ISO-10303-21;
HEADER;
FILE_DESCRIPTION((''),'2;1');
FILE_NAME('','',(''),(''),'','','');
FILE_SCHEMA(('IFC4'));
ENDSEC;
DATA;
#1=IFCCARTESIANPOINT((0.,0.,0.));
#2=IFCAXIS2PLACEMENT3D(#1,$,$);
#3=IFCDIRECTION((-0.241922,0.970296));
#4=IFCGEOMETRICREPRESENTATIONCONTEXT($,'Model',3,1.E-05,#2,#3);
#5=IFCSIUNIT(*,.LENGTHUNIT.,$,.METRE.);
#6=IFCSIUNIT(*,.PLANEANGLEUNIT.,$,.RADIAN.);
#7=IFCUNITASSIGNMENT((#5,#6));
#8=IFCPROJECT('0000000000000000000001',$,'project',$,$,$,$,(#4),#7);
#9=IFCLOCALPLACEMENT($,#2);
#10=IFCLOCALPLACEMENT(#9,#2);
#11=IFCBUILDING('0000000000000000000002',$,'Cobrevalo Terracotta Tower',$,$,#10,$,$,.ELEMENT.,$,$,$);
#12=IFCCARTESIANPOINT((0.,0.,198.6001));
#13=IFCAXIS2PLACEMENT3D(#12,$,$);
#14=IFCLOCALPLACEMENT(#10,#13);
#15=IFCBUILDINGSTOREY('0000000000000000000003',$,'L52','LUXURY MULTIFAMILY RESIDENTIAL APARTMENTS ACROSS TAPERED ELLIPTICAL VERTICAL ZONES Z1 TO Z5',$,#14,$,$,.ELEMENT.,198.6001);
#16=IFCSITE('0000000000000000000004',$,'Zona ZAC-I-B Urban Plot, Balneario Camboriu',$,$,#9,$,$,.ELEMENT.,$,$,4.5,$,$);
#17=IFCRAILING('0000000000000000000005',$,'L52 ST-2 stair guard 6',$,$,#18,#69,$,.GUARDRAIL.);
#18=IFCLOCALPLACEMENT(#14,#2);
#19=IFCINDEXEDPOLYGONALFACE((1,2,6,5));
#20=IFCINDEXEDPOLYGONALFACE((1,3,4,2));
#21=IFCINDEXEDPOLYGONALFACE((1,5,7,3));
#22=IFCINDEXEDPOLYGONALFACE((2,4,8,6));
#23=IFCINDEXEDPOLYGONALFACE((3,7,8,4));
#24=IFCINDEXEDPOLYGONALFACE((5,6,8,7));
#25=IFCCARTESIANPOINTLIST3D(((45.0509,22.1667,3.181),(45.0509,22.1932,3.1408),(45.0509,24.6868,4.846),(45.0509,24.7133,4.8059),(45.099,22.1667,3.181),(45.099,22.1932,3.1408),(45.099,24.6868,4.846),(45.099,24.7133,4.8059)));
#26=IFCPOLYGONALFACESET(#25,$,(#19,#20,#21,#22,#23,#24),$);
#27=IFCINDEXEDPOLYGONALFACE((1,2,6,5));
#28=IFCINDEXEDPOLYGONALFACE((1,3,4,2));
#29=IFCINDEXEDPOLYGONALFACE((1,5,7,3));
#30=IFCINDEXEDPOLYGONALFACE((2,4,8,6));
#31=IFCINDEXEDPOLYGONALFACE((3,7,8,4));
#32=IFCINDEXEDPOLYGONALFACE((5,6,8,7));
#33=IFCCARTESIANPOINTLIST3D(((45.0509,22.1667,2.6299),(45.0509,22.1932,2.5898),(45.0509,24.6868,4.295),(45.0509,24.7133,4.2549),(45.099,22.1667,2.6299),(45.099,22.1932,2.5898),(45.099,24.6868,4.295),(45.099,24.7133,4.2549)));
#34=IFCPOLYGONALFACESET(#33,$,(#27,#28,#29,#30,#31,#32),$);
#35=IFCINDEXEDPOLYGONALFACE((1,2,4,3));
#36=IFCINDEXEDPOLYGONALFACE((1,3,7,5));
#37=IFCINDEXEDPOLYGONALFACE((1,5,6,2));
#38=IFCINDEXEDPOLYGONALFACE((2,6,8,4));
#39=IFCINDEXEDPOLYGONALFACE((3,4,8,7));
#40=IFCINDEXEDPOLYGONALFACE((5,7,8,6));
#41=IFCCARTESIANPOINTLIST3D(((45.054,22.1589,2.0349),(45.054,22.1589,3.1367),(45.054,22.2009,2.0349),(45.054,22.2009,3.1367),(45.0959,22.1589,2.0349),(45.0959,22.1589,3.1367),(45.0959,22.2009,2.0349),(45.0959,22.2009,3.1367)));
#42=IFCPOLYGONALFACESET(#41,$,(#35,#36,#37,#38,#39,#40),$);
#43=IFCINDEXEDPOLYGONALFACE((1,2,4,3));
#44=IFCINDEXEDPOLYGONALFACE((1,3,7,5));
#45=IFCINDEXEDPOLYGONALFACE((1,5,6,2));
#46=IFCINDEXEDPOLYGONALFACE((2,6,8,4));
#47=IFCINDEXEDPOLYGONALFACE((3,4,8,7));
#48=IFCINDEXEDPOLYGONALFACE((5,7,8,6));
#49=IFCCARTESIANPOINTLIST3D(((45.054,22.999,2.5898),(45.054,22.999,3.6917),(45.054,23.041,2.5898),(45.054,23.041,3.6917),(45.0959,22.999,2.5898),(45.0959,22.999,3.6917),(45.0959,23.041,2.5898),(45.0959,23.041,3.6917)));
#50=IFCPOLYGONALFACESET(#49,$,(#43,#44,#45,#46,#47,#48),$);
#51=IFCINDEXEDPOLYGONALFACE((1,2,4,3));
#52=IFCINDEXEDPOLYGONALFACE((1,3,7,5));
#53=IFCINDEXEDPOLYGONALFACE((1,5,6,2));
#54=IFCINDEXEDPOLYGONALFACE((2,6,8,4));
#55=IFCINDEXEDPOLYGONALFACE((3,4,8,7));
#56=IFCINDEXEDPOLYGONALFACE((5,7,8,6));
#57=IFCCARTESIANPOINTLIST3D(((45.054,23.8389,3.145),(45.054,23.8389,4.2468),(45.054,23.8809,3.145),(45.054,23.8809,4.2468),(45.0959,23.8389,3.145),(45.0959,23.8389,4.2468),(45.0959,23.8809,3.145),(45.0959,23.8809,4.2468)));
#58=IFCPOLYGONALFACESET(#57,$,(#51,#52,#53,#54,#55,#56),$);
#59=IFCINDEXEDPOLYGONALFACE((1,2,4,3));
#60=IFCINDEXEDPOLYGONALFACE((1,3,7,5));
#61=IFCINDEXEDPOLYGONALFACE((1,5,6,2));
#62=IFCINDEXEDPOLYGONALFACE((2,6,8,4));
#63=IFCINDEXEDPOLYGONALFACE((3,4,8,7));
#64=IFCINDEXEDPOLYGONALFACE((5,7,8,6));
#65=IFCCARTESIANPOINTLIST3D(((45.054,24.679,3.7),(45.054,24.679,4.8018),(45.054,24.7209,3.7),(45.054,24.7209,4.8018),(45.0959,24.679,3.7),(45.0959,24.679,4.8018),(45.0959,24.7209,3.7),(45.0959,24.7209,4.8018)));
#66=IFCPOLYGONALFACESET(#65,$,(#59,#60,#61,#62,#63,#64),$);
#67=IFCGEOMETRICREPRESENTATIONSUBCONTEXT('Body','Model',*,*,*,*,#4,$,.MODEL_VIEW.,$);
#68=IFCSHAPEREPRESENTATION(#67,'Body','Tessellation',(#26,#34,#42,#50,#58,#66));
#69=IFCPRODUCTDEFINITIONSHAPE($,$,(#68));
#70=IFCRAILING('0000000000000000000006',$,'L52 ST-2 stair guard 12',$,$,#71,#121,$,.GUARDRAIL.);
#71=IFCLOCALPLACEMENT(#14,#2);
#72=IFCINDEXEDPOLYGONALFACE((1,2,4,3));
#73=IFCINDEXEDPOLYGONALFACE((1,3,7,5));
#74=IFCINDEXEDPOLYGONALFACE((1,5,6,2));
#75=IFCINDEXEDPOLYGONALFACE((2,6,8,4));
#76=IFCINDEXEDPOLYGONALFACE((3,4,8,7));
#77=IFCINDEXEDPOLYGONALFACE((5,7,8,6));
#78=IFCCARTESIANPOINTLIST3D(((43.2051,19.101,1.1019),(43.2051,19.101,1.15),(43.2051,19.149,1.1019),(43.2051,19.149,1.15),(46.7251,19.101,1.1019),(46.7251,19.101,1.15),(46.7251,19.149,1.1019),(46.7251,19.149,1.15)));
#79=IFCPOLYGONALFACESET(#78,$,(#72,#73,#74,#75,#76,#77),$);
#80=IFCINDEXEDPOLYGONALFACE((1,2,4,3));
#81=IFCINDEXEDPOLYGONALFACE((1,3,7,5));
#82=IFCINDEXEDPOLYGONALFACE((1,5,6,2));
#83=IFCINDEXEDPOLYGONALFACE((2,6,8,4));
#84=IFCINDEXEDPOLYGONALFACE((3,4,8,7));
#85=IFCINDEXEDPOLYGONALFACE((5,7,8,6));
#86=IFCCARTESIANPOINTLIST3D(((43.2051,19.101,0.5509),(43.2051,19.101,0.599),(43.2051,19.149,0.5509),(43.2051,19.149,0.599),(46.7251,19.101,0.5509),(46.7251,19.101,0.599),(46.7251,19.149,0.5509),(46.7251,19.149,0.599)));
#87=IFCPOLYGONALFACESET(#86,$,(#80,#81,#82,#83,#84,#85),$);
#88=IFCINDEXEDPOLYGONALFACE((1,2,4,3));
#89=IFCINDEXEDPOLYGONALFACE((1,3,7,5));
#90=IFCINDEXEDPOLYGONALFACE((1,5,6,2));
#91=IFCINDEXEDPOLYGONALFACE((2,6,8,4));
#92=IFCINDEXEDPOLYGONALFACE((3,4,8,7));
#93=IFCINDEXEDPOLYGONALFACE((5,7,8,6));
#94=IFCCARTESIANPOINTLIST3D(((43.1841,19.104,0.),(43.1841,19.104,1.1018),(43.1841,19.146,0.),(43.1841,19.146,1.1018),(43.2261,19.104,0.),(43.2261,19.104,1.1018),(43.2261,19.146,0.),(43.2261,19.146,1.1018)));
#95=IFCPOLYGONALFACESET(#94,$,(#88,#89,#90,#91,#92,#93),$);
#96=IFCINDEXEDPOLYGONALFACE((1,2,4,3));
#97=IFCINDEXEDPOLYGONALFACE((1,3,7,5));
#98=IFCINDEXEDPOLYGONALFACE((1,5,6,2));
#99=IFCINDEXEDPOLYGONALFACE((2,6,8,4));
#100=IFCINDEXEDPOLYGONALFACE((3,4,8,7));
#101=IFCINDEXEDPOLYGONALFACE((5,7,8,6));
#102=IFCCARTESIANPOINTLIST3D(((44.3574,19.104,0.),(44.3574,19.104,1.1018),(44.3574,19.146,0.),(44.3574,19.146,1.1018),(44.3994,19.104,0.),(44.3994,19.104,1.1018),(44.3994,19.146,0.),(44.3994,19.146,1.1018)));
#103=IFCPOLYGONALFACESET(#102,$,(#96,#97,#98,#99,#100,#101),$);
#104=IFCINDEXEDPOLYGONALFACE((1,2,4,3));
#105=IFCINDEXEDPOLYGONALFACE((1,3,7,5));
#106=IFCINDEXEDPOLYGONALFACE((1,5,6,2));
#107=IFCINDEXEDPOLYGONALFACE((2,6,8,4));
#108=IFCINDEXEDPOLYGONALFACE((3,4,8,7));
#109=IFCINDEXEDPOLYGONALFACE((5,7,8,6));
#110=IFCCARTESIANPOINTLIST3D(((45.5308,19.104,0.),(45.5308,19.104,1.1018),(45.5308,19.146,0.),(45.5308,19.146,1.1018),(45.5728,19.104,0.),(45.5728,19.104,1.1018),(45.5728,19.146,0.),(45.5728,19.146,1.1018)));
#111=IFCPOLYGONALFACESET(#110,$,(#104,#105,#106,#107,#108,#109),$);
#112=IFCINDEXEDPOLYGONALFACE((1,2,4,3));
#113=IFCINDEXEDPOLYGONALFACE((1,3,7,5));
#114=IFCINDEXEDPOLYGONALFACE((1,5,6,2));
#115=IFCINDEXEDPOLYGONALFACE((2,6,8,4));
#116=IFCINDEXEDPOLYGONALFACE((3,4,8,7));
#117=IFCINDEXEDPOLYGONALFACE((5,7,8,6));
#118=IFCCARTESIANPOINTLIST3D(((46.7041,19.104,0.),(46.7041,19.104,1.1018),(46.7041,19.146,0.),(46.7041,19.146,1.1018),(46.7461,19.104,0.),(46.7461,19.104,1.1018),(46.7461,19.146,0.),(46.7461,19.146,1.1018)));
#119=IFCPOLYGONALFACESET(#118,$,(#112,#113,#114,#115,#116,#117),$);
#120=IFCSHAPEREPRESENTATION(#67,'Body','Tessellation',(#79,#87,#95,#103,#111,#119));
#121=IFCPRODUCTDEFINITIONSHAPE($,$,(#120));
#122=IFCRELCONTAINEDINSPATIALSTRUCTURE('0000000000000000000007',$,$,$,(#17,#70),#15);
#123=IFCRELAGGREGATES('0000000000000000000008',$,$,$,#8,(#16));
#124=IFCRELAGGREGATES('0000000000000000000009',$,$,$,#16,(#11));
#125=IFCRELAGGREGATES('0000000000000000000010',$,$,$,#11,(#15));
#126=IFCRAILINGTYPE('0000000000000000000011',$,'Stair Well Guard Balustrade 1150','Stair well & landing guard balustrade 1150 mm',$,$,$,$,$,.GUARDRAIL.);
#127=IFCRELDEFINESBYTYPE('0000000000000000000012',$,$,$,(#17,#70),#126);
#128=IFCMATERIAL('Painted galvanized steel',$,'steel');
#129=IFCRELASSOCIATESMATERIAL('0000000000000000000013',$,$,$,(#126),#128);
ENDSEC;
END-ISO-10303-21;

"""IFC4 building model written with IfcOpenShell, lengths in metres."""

from ifc_helpers import new_model, si_unit, direction, frame, origin, origin_2d, place, context, subcontext, project, spatial, rectangle, extrude, material, type_object, element, save


model = new_model("IFC4")

# Units and contexts
model_context = context("Model", 3, precision=1e-05, world=origin(), true_north=direction((-0.241922, 0.970296)))
body_context = subcontext(model_context, "Body", "Model", "MODEL_VIEW")
ifc_project = project(units=[si_unit("LENGTHUNIT", "METRE"), si_unit("PLANEANGLEUNIT", "RADIAN")], contexts=[model_context])

# Site, building, storey
site_placement = place(None, origin())
site = spatial("IfcSite", under=ifc_project, at=site_placement, Name="Zona ZAC-I-B Urban Plot, Balneario Camboriu", CompositionType="ELEMENT", RefElevation=4.5)
building_placement = place(site_placement, origin())
building = spatial("IfcBuilding", under=site, at=building_placement, Name="Cobrevalo Terracotta Tower", CompositionType="ELEMENT")
storey_placement = place(building_placement, frame((0.0, 0.0, 198.6001)))
storey = spatial("IfcBuildingStorey", under=building, at=storey_placement, Name="L52", Description="LUXURY MULTIFAMILY RESIDENTIAL APARTMENTS ACROSS TAPERED ELLIPTICAL VERTICAL ZONES Z1 TO Z5", CompositionType="ELEMENT", Elevation=198.6001)

# Railings
ifc_material_1 = material(Name="Painted galvanized steel", Category="steel")
railing_type_1 = type_object("IfcRailingType", Name="Stair Well Guard Balustrade 1150", Description="Stair well & landing guard balustrade 1150 mm", PredefinedType="GUARDRAIL", material=ifc_material_1)
railing_1_placement = place(storey_placement, frame((45.075, 22.1799, 2.0349)))
element("IfcRailing", 1, at=railing_1_placement, inside=storey, type_object=railing_type_1, Name="L52 ST-2 stair guard 6", PredefinedType="GUARDRAIL", context=body_context, shape_type="SweptSolid", body=[
    extrude(rectangle(XDim=0.0481, YDim=0.0481, at=origin_2d()), frame((0.0, 0.0, 1.126), z_axis=(0.0, 0.834331, 0.551263), x_axis=(-1.0, 0.0, 0.0)), (0.0, 0.0, 1.0), 3.0205),
    extrude(rectangle(XDim=0.0481, YDim=0.0481, at=origin_2d()), frame((0.0, 0.0, 0.575), z_axis=(0.0, 0.834331, 0.551263), x_axis=(-1.0, 0.0, 0.0)), (0.0, 0.0, 1.0), 3.0205),
    extrude(rectangle(XDim=0.042, YDim=0.042, at=origin_2d()), origin(), (0.0, 0.0, 1.0), 1.1018),
    extrude(rectangle(XDim=0.042, YDim=0.042, at=origin_2d()), frame((0.0, 0.8401, 0.5549)), (0.0, 0.0, 1.0), 1.1018),
    extrude(rectangle(XDim=0.042, YDim=0.042, at=origin_2d()), frame((0.0, 1.6799, 1.1101)), (0.0, 0.0, 1.0), 1.1018),
    extrude(rectangle(XDim=0.042, YDim=0.042, at=origin_2d()), frame((0.0, 2.52, 1.665)), (0.0, 0.0, 1.0), 1.1018),
])
railing_2_placement = place(storey_placement, frame((43.2051, 19.125, 0.0)))
element("IfcRailing", 2, at=railing_2_placement, inside=storey, type_object=railing_type_1, Name="L52 ST-2 stair guard 12", PredefinedType="GUARDRAIL", context=body_context, shape_type="SweptSolid", body=[
    extrude(rectangle(XDim=0.0481, YDim=0.0481, at=origin_2d()), frame((0.0, 0.0, 1.126), z_axis=(1.0, 0.0, 0.0), x_axis=(0.0, 1.0, 0.0)), (0.0, 0.0, 1.0), 3.52),
    extrude(rectangle(XDim=0.0481, YDim=0.0481, at=origin_2d()), frame((0.0, 0.0, 0.575), z_axis=(1.0, 0.0, 0.0), x_axis=(0.0, 1.0, 0.0)), (0.0, 0.0, 1.0), 3.52),
    extrude(rectangle(XDim=0.042, YDim=0.042, at=origin_2d()), origin(), (0.0, 0.0, 1.0), 1.1018),
    extrude(rectangle(XDim=0.042, YDim=0.042, at=origin_2d()), frame((1.1733, 0.0, 0.0)), (0.0, 0.0, 1.0), 1.1018),
    extrude(rectangle(XDim=0.042, YDim=0.042, at=origin_2d()), frame((2.3467, 0.0, 0.0)), (0.0, 0.0, 1.0), 1.1018),
    extrude(rectangle(XDim=0.042, YDim=0.042, at=origin_2d()), frame((3.52, 0.0, 0.0)), (0.0, 0.0, 1.0), 1.1018),
])

save(model, "model.ifc")
